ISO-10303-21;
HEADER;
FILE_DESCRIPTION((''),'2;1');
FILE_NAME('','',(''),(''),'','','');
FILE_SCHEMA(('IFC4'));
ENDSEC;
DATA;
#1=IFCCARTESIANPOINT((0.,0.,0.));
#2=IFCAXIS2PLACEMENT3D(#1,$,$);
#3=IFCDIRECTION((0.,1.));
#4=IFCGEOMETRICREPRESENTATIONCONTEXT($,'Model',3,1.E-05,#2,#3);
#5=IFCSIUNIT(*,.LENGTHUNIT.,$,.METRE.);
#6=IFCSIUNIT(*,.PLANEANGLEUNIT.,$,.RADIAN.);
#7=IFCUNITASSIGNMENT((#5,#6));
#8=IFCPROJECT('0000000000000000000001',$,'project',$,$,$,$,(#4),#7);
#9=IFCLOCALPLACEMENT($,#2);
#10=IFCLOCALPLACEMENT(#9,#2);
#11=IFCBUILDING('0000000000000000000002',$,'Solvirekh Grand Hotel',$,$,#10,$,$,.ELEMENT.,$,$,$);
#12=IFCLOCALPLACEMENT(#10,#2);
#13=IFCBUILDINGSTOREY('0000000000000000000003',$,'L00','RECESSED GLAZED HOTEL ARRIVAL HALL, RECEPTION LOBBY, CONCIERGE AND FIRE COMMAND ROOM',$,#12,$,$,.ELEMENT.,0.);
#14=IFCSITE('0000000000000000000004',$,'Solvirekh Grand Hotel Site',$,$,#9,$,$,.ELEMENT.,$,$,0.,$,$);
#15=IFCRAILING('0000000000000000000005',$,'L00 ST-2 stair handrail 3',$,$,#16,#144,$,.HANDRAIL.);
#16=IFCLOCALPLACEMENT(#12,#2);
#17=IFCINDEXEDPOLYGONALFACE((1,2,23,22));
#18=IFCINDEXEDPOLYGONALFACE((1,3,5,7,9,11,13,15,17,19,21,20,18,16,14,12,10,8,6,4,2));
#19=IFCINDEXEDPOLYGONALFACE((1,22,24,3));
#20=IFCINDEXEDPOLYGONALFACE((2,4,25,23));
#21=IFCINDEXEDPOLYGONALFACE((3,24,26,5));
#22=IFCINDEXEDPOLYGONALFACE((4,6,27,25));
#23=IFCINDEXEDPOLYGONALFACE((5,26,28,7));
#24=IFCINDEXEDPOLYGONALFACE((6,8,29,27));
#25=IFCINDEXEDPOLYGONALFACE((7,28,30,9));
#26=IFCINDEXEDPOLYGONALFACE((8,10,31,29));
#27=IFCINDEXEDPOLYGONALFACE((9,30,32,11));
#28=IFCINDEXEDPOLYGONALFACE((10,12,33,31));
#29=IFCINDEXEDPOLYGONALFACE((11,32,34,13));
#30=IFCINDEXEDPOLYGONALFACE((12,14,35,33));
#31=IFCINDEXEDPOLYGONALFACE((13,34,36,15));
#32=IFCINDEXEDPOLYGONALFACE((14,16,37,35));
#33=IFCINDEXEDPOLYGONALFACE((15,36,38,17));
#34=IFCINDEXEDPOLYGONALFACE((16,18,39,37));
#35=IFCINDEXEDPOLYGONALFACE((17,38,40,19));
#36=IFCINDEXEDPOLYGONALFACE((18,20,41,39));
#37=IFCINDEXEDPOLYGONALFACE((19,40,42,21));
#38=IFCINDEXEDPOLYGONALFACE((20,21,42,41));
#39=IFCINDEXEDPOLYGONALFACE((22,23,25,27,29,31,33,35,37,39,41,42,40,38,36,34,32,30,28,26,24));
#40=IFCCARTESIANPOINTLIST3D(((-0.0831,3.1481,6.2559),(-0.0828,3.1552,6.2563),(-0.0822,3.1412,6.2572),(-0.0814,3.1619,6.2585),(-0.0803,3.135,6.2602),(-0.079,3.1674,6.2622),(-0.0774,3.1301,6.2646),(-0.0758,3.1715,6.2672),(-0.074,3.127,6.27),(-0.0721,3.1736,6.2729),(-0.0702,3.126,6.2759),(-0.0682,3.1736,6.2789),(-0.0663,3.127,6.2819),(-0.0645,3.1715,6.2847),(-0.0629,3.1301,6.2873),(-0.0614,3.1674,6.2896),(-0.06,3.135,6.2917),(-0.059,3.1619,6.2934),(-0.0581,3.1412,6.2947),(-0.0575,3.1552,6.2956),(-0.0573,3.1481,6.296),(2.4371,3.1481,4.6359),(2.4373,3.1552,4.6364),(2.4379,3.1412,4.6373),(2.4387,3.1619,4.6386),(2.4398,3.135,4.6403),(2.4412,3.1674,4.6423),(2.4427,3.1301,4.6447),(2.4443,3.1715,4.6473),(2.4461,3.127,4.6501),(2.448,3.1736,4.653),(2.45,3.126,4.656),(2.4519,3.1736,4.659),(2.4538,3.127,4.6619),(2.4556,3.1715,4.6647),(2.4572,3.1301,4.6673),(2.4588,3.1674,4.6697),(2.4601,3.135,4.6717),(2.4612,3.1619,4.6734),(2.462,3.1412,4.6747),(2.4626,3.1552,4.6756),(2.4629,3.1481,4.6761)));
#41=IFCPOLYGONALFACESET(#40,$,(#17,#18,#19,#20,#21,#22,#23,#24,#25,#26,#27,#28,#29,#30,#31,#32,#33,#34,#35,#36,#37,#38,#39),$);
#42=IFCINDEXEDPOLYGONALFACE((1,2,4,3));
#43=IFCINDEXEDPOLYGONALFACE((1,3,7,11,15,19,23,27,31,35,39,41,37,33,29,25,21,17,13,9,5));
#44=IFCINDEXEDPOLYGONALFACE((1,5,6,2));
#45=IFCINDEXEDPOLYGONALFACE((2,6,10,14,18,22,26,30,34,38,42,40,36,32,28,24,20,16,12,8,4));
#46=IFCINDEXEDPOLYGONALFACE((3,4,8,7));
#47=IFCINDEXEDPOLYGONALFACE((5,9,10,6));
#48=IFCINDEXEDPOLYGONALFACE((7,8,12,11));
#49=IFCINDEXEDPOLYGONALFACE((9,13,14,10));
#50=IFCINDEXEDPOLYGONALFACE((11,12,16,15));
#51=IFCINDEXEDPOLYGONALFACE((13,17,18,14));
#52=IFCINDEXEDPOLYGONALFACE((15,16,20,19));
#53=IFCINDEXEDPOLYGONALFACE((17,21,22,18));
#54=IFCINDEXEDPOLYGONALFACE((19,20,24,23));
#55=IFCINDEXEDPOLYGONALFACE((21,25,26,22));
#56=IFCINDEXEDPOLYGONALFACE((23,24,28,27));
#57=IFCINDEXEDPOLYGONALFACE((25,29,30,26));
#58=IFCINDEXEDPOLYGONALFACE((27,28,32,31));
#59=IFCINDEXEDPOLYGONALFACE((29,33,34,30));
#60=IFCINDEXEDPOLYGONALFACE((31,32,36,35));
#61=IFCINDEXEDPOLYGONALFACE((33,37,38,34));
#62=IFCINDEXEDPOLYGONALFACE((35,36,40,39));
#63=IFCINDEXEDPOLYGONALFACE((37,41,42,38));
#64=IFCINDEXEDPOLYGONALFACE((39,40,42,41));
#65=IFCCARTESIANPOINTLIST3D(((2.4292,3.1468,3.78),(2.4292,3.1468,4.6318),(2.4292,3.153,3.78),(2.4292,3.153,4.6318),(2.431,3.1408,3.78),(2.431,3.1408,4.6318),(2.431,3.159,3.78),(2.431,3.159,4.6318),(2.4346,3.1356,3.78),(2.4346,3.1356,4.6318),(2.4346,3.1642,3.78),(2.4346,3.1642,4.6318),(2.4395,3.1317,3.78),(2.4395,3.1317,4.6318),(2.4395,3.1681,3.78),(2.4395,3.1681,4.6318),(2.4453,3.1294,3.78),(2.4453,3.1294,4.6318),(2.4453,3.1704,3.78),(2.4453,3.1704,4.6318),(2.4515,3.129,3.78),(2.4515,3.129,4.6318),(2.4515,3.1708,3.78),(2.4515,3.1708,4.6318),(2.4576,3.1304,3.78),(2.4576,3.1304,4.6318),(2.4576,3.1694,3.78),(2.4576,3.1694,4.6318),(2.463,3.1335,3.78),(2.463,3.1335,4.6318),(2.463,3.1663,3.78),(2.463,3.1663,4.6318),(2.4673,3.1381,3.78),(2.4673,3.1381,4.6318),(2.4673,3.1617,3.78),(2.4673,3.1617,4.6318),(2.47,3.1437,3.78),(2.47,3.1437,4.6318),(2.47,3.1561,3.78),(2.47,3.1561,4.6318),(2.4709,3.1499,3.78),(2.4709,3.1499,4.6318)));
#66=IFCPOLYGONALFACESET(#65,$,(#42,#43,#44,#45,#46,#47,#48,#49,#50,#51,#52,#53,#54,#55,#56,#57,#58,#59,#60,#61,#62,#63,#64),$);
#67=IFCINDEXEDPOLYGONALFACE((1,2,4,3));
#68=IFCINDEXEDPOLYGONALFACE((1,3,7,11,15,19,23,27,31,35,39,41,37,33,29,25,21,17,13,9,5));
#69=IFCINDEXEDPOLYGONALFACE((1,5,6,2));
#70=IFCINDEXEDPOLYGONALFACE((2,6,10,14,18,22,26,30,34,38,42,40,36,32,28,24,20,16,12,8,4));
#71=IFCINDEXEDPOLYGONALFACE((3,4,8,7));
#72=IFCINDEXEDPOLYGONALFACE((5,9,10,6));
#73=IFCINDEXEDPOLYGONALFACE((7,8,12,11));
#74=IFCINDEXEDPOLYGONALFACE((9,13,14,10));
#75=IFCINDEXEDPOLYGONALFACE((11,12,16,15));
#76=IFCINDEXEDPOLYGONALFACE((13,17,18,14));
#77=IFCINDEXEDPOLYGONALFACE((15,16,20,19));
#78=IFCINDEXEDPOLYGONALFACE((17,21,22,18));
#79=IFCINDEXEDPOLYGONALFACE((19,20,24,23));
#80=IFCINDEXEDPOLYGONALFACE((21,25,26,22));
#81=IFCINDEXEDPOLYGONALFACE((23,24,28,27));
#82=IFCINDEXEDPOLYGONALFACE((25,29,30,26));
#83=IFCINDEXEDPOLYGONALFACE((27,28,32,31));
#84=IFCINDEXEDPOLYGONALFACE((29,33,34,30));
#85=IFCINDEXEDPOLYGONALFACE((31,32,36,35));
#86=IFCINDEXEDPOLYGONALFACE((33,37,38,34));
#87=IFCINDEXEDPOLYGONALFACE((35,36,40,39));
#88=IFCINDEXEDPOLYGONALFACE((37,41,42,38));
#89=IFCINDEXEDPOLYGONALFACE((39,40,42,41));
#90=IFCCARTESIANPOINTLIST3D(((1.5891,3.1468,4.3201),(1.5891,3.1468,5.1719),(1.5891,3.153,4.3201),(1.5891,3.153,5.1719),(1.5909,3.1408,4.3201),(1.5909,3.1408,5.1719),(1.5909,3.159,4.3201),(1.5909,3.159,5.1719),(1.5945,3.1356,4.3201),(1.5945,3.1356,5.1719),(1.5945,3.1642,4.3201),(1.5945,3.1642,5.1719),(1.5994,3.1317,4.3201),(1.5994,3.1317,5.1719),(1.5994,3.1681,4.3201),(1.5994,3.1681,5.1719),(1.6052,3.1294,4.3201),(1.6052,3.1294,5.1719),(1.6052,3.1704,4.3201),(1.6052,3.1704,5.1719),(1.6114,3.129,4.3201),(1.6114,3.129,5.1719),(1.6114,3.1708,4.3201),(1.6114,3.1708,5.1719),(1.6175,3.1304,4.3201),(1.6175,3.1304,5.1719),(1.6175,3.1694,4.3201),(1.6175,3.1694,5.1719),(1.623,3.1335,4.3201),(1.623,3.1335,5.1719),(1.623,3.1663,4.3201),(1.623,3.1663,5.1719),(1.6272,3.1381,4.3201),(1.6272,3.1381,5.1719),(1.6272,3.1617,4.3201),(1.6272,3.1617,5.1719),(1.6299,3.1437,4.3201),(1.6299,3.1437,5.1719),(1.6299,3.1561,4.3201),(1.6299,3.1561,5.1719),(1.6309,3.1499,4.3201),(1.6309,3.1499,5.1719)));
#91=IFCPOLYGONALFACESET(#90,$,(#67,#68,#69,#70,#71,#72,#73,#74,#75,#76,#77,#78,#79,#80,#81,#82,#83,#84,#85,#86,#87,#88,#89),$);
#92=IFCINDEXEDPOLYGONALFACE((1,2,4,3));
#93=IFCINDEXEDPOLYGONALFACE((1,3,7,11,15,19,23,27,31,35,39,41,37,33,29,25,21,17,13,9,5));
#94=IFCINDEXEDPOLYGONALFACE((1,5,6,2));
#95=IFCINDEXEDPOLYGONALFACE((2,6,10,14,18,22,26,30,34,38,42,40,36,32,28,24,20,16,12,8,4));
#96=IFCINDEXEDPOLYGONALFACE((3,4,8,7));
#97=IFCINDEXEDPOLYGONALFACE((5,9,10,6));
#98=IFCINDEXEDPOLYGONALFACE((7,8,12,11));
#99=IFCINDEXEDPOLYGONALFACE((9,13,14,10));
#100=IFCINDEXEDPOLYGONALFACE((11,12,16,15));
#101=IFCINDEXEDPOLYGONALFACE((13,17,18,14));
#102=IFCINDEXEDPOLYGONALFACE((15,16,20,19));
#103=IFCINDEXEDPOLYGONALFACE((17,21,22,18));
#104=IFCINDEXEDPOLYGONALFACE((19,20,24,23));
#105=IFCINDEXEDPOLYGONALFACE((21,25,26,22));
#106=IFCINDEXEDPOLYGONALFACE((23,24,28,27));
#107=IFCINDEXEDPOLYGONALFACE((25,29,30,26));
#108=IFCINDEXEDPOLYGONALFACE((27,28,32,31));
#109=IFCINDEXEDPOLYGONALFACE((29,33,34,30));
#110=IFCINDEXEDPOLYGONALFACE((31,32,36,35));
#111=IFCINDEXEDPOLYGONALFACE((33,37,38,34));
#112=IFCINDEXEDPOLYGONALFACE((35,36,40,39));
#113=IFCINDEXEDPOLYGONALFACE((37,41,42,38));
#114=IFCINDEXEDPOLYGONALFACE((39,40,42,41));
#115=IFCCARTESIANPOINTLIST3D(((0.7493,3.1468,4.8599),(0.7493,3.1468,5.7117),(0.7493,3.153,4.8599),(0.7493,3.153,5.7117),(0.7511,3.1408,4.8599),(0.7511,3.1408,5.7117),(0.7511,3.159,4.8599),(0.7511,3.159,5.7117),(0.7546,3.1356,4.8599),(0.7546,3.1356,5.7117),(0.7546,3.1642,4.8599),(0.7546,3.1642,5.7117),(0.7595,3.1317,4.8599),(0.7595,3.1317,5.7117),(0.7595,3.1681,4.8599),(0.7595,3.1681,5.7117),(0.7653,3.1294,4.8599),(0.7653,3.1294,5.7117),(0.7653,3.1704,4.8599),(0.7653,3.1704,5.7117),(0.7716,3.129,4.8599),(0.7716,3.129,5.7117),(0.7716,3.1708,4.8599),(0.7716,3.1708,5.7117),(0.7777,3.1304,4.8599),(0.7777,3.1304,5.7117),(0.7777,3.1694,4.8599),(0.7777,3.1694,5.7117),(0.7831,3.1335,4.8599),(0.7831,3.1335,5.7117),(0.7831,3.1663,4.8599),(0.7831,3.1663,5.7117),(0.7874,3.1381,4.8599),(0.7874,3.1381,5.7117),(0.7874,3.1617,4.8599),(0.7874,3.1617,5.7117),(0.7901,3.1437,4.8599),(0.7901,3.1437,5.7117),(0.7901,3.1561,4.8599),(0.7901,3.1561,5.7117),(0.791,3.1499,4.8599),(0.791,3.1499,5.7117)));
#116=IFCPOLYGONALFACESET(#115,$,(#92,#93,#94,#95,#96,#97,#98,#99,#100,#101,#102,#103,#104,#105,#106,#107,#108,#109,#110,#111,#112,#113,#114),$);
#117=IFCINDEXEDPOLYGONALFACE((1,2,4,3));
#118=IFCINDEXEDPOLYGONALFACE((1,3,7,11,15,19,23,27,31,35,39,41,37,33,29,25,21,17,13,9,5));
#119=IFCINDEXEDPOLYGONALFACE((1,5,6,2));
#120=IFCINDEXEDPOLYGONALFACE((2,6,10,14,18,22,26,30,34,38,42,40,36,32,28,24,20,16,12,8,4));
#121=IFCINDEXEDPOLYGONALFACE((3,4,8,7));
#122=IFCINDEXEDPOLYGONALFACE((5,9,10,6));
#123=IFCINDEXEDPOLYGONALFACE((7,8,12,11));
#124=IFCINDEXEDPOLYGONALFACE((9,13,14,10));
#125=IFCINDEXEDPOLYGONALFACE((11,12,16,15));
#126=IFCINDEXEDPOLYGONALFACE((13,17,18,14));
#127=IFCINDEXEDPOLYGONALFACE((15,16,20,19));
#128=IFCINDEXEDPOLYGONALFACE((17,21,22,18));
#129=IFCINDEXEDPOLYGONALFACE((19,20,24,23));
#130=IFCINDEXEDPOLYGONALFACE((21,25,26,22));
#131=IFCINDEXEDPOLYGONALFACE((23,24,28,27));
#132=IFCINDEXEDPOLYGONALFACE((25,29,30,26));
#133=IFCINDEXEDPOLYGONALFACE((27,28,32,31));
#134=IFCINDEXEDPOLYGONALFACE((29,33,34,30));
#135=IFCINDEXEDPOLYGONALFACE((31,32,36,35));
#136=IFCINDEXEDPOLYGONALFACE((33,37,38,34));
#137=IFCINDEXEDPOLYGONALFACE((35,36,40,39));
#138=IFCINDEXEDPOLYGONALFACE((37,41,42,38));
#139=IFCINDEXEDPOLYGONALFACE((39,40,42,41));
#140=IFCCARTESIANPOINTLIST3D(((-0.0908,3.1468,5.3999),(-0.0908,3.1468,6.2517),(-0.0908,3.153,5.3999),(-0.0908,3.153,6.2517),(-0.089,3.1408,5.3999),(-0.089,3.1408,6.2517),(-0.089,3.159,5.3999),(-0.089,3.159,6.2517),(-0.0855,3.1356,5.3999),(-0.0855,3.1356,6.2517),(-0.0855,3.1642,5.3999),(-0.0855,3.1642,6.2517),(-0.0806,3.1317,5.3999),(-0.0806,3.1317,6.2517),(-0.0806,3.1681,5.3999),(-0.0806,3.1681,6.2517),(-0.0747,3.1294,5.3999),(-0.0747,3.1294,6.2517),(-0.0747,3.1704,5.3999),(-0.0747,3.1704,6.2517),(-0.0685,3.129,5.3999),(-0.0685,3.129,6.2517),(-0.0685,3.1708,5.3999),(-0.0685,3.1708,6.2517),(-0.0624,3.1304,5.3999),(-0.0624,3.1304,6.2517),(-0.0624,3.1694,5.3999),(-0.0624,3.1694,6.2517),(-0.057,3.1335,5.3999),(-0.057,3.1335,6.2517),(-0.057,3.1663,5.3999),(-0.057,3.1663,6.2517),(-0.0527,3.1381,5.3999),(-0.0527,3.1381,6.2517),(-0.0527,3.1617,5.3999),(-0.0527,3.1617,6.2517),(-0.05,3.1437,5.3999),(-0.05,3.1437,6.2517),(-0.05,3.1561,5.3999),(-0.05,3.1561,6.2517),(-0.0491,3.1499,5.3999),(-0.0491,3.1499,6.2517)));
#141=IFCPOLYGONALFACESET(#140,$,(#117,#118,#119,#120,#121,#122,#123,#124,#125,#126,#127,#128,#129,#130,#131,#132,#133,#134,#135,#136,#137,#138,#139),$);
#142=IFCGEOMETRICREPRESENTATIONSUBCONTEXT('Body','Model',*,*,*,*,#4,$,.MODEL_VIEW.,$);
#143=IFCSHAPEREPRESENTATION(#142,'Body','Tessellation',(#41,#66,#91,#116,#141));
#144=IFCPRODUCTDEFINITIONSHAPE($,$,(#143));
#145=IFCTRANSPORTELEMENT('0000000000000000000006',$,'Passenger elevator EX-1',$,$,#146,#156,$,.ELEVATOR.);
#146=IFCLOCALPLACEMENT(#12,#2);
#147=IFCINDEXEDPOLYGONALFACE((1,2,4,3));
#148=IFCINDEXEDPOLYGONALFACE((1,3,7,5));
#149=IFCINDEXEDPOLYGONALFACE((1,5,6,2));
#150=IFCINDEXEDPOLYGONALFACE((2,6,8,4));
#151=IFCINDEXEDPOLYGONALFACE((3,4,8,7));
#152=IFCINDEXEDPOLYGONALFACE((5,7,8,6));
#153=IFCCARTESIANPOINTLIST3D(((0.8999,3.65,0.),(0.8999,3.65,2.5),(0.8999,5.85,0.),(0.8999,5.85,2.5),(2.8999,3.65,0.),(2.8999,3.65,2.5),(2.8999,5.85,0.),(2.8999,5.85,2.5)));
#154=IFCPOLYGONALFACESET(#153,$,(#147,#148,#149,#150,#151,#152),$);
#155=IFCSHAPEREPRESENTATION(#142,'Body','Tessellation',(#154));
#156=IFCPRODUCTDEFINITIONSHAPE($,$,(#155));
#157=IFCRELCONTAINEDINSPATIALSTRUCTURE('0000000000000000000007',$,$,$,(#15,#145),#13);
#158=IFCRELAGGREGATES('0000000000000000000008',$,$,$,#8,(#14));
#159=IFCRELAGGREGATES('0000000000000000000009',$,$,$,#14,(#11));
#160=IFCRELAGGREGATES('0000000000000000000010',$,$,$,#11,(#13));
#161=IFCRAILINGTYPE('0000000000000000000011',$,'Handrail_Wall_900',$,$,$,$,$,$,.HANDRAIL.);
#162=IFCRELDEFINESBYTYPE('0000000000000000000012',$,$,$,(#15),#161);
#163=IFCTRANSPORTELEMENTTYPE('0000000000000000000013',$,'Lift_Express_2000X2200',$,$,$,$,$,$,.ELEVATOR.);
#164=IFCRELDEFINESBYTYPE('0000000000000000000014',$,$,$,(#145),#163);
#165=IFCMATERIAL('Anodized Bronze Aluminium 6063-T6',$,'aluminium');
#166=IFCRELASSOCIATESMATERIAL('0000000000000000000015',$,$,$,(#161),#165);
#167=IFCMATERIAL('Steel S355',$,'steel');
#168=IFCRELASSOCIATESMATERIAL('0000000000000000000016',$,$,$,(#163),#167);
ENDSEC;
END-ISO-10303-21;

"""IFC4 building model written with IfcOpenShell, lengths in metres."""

from ifc_helpers import new_model, si_unit, direction, frame, origin, origin_2d, place, context, subcontext, project, spatial, rectangle, circle, extrude, material, type_object, element, save


model = new_model("IFC4")

# Units and contexts
model_context = context("Model", 3, precision=1e-05, world=origin(), true_north=direction((0.0, 1.0)))
body_context = subcontext(model_context, "Body", "Model", "MODEL_VIEW")
ifc_project = project(units=[si_unit("LENGTHUNIT", "METRE"), si_unit("PLANEANGLEUNIT", "RADIAN")], contexts=[model_context])

# Site, building, storey
site_placement = place(None, origin())
site = spatial("IfcSite", under=ifc_project, at=site_placement, Name="Solvirekh Grand Hotel Site", CompositionType="ELEMENT", RefElevation=0.0)
building_placement = place(site_placement, origin())
building = spatial("IfcBuilding", under=site, at=building_placement, Name="Solvirekh Grand Hotel", CompositionType="ELEMENT")
storey_placement = place(building_placement, origin())
storey = spatial("IfcBuildingStorey", under=building, at=storey_placement, Name="L00", Description="RECESSED GLAZED HOTEL ARRIVAL HALL, RECEPTION LOBBY, CONCIERGE AND FIRE COMMAND ROOM", CompositionType="ELEMENT", Elevation=0.0)

# Railing
ifc_material_1 = material(Name="Steel S355", Category="steel")
ifc_material_2 = material(Name="Anodized Bronze Aluminium 6063-T6", Category="aluminium")
railing_type_1 = type_object("IfcRailingType", Name="Handrail_Wall_900", PredefinedType="HANDRAIL", material=ifc_material_2)
railing_1_placement = place(storey_placement, frame((2.45, 3.1499, 3.78)))
element("IfcRailing", 1, at=railing_1_placement, inside=storey, type_object=railing_type_1, Name="L00 ST-2 stair handrail 3", PredefinedType="HANDRAIL", context=body_context, shape_type="SweptSolid", body=[
    extrude(circle(Radius=0.0239, at=origin_2d()), frame((0.0, 0.0, 0.876), z_axis=(-0.8412, 0.0, 0.540725), x_axis=(0.0, -1.0, 0.0)), (0.0, 0.0, 1.0), 2.9958),
    extrude(circle(Radius=0.021, at=origin_2d()), origin(), (0.0, 0.0, 1.0), 0.8518),
    extrude(circle(Radius=0.021, at=origin_2d()), frame((-0.8401, 0.0, 0.54)), (0.0, 0.0, 1.0), 0.8518),
    extrude(circle(Radius=0.021, at=origin_2d()), frame((-1.6799, 0.0, 1.0798)), (0.0, 0.0, 1.0), 0.8518),
    extrude(circle(Radius=0.021, at=origin_2d()), frame((-2.52, 0.0, 1.6199)), (0.0, 0.0, 1.0), 0.8518),
])

# Transport element
transport_element_type = type_object("IfcTransportElementType", Name="Lift_Express_2000X2200", PredefinedType="ELEVATOR", material=ifc_material_1)
transport_element_placement = place(storey_placement, frame((1.8999, 4.75, 0.0), z_axis=(0.0, 0.0, 1.0), x_axis=(1.0, 0.0, 0.0)))
element("IfcTransportElement", 2, at=transport_element_placement, inside=storey, type_object=transport_element_type, Name="Passenger elevator EX-1", PredefinedType="ELEVATOR", context=body_context, shape_type="SweptSolid", body=[
    extrude(rectangle(XDim=2.0, YDim=2.2, at=origin_2d()), origin(), (0.0, 0.0, 1.0), 2.5),
])

save(model, "model.ifc")
